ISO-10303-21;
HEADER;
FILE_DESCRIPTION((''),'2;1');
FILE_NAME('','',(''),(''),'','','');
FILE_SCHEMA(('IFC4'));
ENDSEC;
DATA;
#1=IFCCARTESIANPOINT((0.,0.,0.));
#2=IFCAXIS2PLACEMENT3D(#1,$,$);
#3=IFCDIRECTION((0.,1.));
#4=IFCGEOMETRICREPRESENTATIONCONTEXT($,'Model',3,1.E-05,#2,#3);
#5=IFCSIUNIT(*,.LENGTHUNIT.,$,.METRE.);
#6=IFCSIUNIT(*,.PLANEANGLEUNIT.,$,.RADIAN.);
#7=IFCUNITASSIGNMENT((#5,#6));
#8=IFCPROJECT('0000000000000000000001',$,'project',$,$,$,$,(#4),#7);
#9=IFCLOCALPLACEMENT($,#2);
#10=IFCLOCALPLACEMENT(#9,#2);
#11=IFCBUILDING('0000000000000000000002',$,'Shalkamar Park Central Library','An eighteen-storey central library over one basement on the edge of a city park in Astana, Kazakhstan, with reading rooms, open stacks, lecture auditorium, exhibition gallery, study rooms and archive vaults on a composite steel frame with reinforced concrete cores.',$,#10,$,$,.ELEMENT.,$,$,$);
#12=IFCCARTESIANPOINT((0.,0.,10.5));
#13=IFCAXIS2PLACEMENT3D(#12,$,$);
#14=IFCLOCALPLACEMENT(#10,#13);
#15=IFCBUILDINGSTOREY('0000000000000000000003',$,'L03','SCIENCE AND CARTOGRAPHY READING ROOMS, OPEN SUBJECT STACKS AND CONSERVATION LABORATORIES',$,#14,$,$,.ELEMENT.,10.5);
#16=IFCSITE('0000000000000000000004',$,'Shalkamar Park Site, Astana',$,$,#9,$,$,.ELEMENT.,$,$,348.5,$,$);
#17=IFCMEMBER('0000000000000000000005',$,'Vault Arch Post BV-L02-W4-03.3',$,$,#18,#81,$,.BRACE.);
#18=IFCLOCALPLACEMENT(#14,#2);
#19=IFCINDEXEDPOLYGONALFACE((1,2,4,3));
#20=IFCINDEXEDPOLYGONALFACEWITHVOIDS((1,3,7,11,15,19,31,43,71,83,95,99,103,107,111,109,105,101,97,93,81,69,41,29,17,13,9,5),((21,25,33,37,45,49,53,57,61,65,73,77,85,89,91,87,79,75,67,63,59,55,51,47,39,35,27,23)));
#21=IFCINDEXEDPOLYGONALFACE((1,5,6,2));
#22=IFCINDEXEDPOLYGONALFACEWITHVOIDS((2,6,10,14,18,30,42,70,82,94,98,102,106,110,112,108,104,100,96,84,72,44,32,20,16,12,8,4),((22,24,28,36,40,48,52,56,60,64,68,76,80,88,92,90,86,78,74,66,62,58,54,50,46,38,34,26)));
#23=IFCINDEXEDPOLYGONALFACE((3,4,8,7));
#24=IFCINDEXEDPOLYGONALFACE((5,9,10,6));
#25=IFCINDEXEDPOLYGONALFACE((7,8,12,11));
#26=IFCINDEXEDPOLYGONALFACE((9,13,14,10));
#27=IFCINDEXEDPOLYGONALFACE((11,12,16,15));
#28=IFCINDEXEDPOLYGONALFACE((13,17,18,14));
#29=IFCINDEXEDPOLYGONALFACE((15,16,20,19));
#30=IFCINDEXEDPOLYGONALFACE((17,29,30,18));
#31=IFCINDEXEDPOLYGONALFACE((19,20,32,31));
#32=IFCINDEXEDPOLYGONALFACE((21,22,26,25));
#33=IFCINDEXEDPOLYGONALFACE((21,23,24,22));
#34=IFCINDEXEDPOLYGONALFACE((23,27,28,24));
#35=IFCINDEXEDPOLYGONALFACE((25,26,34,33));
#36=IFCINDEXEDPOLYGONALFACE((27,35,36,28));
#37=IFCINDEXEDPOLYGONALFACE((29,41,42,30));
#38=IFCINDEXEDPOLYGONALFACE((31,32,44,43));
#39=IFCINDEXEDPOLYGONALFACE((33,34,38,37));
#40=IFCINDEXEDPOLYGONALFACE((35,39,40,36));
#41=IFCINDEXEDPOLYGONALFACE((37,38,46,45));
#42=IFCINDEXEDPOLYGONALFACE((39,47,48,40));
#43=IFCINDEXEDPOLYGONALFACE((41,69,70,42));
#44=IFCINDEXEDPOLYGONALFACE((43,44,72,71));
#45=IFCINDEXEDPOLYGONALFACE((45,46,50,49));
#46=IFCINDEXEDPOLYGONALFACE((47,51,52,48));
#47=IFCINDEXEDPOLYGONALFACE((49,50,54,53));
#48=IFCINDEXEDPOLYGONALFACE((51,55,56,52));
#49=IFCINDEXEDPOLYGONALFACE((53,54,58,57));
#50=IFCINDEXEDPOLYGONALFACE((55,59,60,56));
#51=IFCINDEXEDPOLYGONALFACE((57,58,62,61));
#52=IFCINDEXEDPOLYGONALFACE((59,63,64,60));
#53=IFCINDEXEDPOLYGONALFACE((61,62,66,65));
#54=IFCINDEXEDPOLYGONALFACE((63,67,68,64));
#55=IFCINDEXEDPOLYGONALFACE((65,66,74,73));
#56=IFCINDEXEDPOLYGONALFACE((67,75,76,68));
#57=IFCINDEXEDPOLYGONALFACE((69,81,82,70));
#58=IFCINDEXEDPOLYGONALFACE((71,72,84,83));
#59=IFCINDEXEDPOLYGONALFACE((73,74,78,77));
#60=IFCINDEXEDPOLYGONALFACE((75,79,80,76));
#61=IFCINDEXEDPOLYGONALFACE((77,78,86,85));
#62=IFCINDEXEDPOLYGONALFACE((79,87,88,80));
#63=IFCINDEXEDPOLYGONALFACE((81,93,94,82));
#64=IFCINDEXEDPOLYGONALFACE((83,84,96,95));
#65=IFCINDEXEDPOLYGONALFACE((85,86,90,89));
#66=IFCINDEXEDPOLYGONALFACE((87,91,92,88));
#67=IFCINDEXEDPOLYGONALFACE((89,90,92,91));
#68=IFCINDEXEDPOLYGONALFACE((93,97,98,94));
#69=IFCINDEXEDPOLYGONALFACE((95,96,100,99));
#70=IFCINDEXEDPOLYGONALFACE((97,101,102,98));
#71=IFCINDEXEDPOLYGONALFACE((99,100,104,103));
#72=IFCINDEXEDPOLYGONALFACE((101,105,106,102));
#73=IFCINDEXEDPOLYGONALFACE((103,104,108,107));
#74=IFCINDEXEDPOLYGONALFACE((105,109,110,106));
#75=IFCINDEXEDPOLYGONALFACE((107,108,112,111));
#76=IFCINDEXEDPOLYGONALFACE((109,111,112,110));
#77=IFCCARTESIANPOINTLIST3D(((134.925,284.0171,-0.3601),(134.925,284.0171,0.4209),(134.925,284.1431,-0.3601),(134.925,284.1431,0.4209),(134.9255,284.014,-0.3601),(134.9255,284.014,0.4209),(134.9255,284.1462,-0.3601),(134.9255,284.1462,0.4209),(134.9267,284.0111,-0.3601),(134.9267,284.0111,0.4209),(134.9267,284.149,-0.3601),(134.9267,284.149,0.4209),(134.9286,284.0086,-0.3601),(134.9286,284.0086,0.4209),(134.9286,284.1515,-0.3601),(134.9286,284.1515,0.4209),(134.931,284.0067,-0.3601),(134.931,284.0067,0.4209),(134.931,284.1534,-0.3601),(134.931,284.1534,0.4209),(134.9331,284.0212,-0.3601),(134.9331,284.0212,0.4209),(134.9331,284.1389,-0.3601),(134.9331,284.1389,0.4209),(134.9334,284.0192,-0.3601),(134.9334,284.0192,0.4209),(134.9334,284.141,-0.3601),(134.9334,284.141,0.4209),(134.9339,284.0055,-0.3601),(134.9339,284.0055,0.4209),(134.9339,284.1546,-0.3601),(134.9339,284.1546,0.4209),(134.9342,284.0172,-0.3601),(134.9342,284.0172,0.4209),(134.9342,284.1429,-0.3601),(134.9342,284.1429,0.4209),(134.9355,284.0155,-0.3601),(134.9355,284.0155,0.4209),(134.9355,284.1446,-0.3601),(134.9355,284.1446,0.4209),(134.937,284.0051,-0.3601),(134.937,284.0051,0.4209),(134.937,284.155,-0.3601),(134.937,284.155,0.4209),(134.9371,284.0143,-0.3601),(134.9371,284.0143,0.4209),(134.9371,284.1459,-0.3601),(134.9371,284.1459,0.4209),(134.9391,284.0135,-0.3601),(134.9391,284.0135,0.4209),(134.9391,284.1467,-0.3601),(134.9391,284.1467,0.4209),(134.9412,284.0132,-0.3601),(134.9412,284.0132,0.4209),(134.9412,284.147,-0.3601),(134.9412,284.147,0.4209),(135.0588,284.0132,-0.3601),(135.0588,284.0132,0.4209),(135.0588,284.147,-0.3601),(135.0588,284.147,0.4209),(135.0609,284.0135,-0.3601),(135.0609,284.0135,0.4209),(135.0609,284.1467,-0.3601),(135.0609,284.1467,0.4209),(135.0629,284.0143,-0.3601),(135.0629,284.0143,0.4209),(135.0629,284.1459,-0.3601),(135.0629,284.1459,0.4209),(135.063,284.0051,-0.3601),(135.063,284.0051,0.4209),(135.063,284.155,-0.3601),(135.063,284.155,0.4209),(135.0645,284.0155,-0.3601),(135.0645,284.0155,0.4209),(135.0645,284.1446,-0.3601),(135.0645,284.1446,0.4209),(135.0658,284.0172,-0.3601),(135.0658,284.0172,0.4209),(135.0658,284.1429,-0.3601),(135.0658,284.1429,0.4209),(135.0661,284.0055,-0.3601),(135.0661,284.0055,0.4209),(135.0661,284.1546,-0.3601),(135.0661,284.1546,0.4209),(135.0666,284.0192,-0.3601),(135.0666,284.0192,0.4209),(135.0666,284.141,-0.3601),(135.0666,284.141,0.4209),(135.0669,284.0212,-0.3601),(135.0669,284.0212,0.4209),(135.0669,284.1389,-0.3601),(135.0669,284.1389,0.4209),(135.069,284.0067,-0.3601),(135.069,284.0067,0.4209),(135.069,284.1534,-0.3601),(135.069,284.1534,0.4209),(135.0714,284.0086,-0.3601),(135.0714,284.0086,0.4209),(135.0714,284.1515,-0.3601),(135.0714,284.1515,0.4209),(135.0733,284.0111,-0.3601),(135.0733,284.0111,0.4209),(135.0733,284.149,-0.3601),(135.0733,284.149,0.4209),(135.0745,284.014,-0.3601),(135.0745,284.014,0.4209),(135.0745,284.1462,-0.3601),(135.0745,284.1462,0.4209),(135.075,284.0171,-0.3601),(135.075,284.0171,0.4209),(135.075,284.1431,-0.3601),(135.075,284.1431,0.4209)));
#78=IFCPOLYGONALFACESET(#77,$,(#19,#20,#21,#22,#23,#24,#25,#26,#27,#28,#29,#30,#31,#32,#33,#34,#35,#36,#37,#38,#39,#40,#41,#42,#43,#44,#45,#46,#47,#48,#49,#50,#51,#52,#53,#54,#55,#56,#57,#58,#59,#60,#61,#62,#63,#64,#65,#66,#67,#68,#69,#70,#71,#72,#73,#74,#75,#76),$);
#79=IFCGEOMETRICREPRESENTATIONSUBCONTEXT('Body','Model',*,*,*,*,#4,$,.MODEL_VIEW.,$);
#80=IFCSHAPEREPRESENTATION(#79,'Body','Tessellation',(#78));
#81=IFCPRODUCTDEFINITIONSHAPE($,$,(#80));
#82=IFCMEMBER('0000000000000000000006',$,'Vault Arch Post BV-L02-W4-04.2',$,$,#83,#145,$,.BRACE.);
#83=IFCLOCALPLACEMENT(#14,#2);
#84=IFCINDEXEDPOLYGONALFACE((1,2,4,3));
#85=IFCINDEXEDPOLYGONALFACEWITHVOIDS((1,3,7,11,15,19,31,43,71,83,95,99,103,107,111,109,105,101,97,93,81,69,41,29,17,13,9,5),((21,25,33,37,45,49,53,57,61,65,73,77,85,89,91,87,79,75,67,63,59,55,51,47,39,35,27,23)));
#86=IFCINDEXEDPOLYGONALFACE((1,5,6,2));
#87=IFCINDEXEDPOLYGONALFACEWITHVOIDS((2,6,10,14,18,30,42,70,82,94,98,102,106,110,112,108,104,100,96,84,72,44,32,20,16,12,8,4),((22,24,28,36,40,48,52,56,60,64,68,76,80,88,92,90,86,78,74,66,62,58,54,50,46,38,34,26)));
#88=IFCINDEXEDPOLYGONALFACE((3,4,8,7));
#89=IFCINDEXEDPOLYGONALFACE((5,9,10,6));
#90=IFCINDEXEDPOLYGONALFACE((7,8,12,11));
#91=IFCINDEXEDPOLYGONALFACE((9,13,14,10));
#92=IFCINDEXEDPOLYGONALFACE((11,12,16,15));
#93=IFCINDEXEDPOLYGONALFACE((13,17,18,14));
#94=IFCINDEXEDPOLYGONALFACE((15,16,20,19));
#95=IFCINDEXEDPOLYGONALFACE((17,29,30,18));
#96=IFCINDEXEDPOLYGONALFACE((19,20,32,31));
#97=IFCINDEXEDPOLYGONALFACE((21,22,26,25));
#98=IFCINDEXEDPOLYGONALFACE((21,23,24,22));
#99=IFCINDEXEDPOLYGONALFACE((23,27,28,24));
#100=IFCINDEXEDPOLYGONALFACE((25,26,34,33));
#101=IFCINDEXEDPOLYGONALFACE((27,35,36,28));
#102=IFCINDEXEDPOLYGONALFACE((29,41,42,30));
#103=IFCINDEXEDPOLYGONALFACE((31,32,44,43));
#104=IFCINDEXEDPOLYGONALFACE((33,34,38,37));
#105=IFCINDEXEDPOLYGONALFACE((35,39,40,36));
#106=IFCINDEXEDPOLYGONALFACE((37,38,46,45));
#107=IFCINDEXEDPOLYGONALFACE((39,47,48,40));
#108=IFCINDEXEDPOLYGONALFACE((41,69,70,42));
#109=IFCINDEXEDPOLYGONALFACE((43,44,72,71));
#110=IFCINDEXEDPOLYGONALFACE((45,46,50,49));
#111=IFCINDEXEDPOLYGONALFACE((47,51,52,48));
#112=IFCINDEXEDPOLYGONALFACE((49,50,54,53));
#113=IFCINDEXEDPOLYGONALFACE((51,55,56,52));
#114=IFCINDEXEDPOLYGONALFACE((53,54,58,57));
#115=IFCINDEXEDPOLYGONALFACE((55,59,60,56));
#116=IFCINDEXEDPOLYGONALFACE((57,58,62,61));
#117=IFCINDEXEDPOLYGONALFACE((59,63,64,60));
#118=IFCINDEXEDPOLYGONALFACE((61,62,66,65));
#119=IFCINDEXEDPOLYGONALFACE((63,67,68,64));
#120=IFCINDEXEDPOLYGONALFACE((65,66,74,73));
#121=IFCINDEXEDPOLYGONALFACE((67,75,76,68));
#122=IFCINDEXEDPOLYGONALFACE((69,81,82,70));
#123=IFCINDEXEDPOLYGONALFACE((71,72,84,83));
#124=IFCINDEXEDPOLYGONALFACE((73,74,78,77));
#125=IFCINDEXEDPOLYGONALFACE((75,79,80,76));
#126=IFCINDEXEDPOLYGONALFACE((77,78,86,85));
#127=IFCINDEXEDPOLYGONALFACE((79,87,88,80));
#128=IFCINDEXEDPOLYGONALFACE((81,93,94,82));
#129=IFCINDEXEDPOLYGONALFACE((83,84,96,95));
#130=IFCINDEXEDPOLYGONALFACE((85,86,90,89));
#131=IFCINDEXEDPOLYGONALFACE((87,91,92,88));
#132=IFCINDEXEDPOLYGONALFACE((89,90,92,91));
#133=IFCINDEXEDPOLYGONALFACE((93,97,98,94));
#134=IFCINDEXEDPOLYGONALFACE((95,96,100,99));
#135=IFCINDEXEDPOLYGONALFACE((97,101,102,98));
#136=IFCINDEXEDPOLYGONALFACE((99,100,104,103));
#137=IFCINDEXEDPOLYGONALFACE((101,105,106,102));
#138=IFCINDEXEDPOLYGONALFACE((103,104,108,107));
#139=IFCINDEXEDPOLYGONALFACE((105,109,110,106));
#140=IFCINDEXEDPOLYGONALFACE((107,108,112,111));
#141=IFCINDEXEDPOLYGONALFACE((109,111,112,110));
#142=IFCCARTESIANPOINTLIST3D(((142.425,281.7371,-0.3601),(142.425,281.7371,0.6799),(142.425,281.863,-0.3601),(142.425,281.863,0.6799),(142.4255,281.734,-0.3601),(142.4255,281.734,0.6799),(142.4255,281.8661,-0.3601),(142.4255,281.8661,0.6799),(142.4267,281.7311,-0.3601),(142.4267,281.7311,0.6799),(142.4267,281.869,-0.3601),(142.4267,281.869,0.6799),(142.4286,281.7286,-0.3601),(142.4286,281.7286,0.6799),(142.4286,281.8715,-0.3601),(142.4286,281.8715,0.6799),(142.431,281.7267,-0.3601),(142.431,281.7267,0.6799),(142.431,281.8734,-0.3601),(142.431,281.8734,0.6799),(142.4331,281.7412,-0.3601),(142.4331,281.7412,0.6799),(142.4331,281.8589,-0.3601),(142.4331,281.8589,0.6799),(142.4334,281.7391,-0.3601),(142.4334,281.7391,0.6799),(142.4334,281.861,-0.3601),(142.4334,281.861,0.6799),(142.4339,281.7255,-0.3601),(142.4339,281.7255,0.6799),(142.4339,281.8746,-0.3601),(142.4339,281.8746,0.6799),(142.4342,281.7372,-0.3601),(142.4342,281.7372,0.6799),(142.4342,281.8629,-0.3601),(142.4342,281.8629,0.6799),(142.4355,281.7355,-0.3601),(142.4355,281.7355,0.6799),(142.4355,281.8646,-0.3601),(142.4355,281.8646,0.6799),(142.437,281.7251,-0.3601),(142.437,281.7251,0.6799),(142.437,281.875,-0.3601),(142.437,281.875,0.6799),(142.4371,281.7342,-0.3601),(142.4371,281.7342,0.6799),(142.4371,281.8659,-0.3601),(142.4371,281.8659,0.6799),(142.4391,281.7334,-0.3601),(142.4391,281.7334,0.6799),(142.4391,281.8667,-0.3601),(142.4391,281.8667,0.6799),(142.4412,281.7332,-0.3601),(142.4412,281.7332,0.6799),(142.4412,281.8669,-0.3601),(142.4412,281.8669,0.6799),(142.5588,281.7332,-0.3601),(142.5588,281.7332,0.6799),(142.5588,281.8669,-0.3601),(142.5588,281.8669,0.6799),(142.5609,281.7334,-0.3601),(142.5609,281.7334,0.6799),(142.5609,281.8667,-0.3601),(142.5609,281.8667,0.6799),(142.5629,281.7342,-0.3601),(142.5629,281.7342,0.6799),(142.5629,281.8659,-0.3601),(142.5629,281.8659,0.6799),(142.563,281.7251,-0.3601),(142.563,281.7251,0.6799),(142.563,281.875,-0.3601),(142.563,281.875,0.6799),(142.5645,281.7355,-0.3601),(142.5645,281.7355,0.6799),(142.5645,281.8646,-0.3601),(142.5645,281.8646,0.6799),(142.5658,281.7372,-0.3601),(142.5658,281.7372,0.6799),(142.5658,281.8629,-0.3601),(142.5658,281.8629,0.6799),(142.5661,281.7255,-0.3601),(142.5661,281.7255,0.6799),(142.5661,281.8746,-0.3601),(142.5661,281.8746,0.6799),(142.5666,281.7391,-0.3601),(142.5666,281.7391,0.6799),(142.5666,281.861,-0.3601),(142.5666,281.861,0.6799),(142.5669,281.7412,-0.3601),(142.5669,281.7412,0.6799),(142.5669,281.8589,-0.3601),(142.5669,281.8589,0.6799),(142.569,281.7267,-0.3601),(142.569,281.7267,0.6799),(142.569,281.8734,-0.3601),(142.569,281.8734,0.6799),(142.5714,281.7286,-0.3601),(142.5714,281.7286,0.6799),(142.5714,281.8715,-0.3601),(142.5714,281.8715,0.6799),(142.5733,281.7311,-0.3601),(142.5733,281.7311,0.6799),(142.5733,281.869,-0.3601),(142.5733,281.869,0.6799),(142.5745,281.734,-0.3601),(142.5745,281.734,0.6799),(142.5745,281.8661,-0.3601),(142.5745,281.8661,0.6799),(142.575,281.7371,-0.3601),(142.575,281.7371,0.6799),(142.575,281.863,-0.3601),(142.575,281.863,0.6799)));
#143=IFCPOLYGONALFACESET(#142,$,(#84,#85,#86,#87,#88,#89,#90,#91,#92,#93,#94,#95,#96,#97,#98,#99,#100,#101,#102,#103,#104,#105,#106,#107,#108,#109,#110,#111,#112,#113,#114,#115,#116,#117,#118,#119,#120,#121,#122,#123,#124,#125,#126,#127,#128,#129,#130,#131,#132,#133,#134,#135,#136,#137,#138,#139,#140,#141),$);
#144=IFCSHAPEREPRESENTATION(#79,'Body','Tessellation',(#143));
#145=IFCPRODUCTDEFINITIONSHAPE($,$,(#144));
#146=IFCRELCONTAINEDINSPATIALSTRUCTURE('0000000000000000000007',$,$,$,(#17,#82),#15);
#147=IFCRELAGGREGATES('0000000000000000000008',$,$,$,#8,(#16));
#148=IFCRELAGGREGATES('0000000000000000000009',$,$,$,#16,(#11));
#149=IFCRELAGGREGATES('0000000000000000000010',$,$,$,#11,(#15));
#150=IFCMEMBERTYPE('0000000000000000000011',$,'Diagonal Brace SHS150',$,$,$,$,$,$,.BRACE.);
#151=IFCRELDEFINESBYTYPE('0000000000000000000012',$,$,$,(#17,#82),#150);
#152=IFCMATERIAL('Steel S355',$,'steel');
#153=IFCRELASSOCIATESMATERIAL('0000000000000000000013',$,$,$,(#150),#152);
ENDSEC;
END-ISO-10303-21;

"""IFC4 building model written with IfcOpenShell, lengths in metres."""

from ifc_helpers import new_model, si_unit, direction, frame, origin, origin_2d, place, context, subcontext, project, spatial, hollow_rectangle, extrude, material, material_profile, profile_set, type_object, element, save


model = new_model("IFC4")

# Units and contexts
model_context = context("Model", 3, precision=1e-05, world=origin(), true_north=direction((0.0, 1.0)))
body_context = subcontext(model_context, "Body", "Model", "MODEL_VIEW")
ifc_project = project(units=[si_unit("LENGTHUNIT", "METRE"), si_unit("PLANEANGLEUNIT", "RADIAN")], contexts=[model_context])

# Site, building, storey
site_placement = place(None, origin())
site = spatial("IfcSite", under=ifc_project, at=site_placement, Name="Shalkamar Park Site, Astana", CompositionType="ELEMENT", RefElevation=348.5)
building_placement = place(site_placement, origin())
building = spatial("IfcBuilding", under=site, at=building_placement, Name="Shalkamar Park Central Library", Description="An eighteen-storey central library over one basement on the edge of a city park in Astana, Kazakhstan, with reading rooms, open stacks, lecture auditorium, exhibition gallery, study rooms and archive vaults on a composite steel frame with reinforced concrete cores.", CompositionType="ELEMENT")
storey_placement = place(building_placement, frame((0.0, 0.0, 10.5)))
storey = spatial("IfcBuildingStorey", under=building, at=storey_placement, Name="L03", Description="SCIENCE AND CARTOGRAPHY READING ROOMS, OPEN SUBJECT STACKS AND CONSERVATION LABORATORIES", CompositionType="ELEMENT", Elevation=10.5)

# Members
ifc_material_1 = material(Name="Steel S355", Category="steel")
ifc_material_profile_1 = material_profile(ifc_material_1, hollow_rectangle(XDim=0.1499, YDim=0.1499, WallThickness=0.0081, InnerFilletRadius=0.0081, OuterFilletRadius=0.012, at=origin_2d()), Name="SHS 150x150x8")
ifc_profile_set_1 = profile_set([ifc_material_profile_1], Name="Steel S355")
member_type_1 = type_object("IfcMemberType", Name="Diagonal Brace SHS150", PredefinedType="BRACE", material=ifc_profile_set_1)
member_1_placement = place(storey_placement, frame((135.0, 284.0801, -0.3601), z_axis=(0.0, 0.0, 1.0), x_axis=(1.0, 0.0, 0.0)))
element("IfcMember", 1, at=member_1_placement, inside=storey, type_object=member_type_1, Name="Vault Arch Post BV-L02-W4-03.3", PredefinedType="BRACE", context=body_context, shape_type="SweptSolid", body=[
    extrude(hollow_rectangle(XDim=0.1499, YDim=0.1499, WallThickness=0.0081, InnerFilletRadius=0.0081, OuterFilletRadius=0.012, at=origin_2d()), origin(), (0.0, 0.0, 1.0), 0.781),
])
member_2_placement = place(storey_placement, frame((142.5, 281.8, -0.3601), z_axis=(0.0, 0.0, 1.0), x_axis=(1.0, 0.0, 0.0)))
element("IfcMember", 2, at=member_2_placement, inside=storey, type_object=member_type_1, Name="Vault Arch Post BV-L02-W4-04.2", PredefinedType="BRACE", context=body_context, shape_type="SweptSolid", body=[
    extrude(hollow_rectangle(XDim=0.1499, YDim=0.1499, WallThickness=0.0081, InnerFilletRadius=0.0081, OuterFilletRadius=0.012, at=origin_2d()), origin(), (0.0, 0.0, 1.0), 1.04),
])

save(model, "model.ifc")
